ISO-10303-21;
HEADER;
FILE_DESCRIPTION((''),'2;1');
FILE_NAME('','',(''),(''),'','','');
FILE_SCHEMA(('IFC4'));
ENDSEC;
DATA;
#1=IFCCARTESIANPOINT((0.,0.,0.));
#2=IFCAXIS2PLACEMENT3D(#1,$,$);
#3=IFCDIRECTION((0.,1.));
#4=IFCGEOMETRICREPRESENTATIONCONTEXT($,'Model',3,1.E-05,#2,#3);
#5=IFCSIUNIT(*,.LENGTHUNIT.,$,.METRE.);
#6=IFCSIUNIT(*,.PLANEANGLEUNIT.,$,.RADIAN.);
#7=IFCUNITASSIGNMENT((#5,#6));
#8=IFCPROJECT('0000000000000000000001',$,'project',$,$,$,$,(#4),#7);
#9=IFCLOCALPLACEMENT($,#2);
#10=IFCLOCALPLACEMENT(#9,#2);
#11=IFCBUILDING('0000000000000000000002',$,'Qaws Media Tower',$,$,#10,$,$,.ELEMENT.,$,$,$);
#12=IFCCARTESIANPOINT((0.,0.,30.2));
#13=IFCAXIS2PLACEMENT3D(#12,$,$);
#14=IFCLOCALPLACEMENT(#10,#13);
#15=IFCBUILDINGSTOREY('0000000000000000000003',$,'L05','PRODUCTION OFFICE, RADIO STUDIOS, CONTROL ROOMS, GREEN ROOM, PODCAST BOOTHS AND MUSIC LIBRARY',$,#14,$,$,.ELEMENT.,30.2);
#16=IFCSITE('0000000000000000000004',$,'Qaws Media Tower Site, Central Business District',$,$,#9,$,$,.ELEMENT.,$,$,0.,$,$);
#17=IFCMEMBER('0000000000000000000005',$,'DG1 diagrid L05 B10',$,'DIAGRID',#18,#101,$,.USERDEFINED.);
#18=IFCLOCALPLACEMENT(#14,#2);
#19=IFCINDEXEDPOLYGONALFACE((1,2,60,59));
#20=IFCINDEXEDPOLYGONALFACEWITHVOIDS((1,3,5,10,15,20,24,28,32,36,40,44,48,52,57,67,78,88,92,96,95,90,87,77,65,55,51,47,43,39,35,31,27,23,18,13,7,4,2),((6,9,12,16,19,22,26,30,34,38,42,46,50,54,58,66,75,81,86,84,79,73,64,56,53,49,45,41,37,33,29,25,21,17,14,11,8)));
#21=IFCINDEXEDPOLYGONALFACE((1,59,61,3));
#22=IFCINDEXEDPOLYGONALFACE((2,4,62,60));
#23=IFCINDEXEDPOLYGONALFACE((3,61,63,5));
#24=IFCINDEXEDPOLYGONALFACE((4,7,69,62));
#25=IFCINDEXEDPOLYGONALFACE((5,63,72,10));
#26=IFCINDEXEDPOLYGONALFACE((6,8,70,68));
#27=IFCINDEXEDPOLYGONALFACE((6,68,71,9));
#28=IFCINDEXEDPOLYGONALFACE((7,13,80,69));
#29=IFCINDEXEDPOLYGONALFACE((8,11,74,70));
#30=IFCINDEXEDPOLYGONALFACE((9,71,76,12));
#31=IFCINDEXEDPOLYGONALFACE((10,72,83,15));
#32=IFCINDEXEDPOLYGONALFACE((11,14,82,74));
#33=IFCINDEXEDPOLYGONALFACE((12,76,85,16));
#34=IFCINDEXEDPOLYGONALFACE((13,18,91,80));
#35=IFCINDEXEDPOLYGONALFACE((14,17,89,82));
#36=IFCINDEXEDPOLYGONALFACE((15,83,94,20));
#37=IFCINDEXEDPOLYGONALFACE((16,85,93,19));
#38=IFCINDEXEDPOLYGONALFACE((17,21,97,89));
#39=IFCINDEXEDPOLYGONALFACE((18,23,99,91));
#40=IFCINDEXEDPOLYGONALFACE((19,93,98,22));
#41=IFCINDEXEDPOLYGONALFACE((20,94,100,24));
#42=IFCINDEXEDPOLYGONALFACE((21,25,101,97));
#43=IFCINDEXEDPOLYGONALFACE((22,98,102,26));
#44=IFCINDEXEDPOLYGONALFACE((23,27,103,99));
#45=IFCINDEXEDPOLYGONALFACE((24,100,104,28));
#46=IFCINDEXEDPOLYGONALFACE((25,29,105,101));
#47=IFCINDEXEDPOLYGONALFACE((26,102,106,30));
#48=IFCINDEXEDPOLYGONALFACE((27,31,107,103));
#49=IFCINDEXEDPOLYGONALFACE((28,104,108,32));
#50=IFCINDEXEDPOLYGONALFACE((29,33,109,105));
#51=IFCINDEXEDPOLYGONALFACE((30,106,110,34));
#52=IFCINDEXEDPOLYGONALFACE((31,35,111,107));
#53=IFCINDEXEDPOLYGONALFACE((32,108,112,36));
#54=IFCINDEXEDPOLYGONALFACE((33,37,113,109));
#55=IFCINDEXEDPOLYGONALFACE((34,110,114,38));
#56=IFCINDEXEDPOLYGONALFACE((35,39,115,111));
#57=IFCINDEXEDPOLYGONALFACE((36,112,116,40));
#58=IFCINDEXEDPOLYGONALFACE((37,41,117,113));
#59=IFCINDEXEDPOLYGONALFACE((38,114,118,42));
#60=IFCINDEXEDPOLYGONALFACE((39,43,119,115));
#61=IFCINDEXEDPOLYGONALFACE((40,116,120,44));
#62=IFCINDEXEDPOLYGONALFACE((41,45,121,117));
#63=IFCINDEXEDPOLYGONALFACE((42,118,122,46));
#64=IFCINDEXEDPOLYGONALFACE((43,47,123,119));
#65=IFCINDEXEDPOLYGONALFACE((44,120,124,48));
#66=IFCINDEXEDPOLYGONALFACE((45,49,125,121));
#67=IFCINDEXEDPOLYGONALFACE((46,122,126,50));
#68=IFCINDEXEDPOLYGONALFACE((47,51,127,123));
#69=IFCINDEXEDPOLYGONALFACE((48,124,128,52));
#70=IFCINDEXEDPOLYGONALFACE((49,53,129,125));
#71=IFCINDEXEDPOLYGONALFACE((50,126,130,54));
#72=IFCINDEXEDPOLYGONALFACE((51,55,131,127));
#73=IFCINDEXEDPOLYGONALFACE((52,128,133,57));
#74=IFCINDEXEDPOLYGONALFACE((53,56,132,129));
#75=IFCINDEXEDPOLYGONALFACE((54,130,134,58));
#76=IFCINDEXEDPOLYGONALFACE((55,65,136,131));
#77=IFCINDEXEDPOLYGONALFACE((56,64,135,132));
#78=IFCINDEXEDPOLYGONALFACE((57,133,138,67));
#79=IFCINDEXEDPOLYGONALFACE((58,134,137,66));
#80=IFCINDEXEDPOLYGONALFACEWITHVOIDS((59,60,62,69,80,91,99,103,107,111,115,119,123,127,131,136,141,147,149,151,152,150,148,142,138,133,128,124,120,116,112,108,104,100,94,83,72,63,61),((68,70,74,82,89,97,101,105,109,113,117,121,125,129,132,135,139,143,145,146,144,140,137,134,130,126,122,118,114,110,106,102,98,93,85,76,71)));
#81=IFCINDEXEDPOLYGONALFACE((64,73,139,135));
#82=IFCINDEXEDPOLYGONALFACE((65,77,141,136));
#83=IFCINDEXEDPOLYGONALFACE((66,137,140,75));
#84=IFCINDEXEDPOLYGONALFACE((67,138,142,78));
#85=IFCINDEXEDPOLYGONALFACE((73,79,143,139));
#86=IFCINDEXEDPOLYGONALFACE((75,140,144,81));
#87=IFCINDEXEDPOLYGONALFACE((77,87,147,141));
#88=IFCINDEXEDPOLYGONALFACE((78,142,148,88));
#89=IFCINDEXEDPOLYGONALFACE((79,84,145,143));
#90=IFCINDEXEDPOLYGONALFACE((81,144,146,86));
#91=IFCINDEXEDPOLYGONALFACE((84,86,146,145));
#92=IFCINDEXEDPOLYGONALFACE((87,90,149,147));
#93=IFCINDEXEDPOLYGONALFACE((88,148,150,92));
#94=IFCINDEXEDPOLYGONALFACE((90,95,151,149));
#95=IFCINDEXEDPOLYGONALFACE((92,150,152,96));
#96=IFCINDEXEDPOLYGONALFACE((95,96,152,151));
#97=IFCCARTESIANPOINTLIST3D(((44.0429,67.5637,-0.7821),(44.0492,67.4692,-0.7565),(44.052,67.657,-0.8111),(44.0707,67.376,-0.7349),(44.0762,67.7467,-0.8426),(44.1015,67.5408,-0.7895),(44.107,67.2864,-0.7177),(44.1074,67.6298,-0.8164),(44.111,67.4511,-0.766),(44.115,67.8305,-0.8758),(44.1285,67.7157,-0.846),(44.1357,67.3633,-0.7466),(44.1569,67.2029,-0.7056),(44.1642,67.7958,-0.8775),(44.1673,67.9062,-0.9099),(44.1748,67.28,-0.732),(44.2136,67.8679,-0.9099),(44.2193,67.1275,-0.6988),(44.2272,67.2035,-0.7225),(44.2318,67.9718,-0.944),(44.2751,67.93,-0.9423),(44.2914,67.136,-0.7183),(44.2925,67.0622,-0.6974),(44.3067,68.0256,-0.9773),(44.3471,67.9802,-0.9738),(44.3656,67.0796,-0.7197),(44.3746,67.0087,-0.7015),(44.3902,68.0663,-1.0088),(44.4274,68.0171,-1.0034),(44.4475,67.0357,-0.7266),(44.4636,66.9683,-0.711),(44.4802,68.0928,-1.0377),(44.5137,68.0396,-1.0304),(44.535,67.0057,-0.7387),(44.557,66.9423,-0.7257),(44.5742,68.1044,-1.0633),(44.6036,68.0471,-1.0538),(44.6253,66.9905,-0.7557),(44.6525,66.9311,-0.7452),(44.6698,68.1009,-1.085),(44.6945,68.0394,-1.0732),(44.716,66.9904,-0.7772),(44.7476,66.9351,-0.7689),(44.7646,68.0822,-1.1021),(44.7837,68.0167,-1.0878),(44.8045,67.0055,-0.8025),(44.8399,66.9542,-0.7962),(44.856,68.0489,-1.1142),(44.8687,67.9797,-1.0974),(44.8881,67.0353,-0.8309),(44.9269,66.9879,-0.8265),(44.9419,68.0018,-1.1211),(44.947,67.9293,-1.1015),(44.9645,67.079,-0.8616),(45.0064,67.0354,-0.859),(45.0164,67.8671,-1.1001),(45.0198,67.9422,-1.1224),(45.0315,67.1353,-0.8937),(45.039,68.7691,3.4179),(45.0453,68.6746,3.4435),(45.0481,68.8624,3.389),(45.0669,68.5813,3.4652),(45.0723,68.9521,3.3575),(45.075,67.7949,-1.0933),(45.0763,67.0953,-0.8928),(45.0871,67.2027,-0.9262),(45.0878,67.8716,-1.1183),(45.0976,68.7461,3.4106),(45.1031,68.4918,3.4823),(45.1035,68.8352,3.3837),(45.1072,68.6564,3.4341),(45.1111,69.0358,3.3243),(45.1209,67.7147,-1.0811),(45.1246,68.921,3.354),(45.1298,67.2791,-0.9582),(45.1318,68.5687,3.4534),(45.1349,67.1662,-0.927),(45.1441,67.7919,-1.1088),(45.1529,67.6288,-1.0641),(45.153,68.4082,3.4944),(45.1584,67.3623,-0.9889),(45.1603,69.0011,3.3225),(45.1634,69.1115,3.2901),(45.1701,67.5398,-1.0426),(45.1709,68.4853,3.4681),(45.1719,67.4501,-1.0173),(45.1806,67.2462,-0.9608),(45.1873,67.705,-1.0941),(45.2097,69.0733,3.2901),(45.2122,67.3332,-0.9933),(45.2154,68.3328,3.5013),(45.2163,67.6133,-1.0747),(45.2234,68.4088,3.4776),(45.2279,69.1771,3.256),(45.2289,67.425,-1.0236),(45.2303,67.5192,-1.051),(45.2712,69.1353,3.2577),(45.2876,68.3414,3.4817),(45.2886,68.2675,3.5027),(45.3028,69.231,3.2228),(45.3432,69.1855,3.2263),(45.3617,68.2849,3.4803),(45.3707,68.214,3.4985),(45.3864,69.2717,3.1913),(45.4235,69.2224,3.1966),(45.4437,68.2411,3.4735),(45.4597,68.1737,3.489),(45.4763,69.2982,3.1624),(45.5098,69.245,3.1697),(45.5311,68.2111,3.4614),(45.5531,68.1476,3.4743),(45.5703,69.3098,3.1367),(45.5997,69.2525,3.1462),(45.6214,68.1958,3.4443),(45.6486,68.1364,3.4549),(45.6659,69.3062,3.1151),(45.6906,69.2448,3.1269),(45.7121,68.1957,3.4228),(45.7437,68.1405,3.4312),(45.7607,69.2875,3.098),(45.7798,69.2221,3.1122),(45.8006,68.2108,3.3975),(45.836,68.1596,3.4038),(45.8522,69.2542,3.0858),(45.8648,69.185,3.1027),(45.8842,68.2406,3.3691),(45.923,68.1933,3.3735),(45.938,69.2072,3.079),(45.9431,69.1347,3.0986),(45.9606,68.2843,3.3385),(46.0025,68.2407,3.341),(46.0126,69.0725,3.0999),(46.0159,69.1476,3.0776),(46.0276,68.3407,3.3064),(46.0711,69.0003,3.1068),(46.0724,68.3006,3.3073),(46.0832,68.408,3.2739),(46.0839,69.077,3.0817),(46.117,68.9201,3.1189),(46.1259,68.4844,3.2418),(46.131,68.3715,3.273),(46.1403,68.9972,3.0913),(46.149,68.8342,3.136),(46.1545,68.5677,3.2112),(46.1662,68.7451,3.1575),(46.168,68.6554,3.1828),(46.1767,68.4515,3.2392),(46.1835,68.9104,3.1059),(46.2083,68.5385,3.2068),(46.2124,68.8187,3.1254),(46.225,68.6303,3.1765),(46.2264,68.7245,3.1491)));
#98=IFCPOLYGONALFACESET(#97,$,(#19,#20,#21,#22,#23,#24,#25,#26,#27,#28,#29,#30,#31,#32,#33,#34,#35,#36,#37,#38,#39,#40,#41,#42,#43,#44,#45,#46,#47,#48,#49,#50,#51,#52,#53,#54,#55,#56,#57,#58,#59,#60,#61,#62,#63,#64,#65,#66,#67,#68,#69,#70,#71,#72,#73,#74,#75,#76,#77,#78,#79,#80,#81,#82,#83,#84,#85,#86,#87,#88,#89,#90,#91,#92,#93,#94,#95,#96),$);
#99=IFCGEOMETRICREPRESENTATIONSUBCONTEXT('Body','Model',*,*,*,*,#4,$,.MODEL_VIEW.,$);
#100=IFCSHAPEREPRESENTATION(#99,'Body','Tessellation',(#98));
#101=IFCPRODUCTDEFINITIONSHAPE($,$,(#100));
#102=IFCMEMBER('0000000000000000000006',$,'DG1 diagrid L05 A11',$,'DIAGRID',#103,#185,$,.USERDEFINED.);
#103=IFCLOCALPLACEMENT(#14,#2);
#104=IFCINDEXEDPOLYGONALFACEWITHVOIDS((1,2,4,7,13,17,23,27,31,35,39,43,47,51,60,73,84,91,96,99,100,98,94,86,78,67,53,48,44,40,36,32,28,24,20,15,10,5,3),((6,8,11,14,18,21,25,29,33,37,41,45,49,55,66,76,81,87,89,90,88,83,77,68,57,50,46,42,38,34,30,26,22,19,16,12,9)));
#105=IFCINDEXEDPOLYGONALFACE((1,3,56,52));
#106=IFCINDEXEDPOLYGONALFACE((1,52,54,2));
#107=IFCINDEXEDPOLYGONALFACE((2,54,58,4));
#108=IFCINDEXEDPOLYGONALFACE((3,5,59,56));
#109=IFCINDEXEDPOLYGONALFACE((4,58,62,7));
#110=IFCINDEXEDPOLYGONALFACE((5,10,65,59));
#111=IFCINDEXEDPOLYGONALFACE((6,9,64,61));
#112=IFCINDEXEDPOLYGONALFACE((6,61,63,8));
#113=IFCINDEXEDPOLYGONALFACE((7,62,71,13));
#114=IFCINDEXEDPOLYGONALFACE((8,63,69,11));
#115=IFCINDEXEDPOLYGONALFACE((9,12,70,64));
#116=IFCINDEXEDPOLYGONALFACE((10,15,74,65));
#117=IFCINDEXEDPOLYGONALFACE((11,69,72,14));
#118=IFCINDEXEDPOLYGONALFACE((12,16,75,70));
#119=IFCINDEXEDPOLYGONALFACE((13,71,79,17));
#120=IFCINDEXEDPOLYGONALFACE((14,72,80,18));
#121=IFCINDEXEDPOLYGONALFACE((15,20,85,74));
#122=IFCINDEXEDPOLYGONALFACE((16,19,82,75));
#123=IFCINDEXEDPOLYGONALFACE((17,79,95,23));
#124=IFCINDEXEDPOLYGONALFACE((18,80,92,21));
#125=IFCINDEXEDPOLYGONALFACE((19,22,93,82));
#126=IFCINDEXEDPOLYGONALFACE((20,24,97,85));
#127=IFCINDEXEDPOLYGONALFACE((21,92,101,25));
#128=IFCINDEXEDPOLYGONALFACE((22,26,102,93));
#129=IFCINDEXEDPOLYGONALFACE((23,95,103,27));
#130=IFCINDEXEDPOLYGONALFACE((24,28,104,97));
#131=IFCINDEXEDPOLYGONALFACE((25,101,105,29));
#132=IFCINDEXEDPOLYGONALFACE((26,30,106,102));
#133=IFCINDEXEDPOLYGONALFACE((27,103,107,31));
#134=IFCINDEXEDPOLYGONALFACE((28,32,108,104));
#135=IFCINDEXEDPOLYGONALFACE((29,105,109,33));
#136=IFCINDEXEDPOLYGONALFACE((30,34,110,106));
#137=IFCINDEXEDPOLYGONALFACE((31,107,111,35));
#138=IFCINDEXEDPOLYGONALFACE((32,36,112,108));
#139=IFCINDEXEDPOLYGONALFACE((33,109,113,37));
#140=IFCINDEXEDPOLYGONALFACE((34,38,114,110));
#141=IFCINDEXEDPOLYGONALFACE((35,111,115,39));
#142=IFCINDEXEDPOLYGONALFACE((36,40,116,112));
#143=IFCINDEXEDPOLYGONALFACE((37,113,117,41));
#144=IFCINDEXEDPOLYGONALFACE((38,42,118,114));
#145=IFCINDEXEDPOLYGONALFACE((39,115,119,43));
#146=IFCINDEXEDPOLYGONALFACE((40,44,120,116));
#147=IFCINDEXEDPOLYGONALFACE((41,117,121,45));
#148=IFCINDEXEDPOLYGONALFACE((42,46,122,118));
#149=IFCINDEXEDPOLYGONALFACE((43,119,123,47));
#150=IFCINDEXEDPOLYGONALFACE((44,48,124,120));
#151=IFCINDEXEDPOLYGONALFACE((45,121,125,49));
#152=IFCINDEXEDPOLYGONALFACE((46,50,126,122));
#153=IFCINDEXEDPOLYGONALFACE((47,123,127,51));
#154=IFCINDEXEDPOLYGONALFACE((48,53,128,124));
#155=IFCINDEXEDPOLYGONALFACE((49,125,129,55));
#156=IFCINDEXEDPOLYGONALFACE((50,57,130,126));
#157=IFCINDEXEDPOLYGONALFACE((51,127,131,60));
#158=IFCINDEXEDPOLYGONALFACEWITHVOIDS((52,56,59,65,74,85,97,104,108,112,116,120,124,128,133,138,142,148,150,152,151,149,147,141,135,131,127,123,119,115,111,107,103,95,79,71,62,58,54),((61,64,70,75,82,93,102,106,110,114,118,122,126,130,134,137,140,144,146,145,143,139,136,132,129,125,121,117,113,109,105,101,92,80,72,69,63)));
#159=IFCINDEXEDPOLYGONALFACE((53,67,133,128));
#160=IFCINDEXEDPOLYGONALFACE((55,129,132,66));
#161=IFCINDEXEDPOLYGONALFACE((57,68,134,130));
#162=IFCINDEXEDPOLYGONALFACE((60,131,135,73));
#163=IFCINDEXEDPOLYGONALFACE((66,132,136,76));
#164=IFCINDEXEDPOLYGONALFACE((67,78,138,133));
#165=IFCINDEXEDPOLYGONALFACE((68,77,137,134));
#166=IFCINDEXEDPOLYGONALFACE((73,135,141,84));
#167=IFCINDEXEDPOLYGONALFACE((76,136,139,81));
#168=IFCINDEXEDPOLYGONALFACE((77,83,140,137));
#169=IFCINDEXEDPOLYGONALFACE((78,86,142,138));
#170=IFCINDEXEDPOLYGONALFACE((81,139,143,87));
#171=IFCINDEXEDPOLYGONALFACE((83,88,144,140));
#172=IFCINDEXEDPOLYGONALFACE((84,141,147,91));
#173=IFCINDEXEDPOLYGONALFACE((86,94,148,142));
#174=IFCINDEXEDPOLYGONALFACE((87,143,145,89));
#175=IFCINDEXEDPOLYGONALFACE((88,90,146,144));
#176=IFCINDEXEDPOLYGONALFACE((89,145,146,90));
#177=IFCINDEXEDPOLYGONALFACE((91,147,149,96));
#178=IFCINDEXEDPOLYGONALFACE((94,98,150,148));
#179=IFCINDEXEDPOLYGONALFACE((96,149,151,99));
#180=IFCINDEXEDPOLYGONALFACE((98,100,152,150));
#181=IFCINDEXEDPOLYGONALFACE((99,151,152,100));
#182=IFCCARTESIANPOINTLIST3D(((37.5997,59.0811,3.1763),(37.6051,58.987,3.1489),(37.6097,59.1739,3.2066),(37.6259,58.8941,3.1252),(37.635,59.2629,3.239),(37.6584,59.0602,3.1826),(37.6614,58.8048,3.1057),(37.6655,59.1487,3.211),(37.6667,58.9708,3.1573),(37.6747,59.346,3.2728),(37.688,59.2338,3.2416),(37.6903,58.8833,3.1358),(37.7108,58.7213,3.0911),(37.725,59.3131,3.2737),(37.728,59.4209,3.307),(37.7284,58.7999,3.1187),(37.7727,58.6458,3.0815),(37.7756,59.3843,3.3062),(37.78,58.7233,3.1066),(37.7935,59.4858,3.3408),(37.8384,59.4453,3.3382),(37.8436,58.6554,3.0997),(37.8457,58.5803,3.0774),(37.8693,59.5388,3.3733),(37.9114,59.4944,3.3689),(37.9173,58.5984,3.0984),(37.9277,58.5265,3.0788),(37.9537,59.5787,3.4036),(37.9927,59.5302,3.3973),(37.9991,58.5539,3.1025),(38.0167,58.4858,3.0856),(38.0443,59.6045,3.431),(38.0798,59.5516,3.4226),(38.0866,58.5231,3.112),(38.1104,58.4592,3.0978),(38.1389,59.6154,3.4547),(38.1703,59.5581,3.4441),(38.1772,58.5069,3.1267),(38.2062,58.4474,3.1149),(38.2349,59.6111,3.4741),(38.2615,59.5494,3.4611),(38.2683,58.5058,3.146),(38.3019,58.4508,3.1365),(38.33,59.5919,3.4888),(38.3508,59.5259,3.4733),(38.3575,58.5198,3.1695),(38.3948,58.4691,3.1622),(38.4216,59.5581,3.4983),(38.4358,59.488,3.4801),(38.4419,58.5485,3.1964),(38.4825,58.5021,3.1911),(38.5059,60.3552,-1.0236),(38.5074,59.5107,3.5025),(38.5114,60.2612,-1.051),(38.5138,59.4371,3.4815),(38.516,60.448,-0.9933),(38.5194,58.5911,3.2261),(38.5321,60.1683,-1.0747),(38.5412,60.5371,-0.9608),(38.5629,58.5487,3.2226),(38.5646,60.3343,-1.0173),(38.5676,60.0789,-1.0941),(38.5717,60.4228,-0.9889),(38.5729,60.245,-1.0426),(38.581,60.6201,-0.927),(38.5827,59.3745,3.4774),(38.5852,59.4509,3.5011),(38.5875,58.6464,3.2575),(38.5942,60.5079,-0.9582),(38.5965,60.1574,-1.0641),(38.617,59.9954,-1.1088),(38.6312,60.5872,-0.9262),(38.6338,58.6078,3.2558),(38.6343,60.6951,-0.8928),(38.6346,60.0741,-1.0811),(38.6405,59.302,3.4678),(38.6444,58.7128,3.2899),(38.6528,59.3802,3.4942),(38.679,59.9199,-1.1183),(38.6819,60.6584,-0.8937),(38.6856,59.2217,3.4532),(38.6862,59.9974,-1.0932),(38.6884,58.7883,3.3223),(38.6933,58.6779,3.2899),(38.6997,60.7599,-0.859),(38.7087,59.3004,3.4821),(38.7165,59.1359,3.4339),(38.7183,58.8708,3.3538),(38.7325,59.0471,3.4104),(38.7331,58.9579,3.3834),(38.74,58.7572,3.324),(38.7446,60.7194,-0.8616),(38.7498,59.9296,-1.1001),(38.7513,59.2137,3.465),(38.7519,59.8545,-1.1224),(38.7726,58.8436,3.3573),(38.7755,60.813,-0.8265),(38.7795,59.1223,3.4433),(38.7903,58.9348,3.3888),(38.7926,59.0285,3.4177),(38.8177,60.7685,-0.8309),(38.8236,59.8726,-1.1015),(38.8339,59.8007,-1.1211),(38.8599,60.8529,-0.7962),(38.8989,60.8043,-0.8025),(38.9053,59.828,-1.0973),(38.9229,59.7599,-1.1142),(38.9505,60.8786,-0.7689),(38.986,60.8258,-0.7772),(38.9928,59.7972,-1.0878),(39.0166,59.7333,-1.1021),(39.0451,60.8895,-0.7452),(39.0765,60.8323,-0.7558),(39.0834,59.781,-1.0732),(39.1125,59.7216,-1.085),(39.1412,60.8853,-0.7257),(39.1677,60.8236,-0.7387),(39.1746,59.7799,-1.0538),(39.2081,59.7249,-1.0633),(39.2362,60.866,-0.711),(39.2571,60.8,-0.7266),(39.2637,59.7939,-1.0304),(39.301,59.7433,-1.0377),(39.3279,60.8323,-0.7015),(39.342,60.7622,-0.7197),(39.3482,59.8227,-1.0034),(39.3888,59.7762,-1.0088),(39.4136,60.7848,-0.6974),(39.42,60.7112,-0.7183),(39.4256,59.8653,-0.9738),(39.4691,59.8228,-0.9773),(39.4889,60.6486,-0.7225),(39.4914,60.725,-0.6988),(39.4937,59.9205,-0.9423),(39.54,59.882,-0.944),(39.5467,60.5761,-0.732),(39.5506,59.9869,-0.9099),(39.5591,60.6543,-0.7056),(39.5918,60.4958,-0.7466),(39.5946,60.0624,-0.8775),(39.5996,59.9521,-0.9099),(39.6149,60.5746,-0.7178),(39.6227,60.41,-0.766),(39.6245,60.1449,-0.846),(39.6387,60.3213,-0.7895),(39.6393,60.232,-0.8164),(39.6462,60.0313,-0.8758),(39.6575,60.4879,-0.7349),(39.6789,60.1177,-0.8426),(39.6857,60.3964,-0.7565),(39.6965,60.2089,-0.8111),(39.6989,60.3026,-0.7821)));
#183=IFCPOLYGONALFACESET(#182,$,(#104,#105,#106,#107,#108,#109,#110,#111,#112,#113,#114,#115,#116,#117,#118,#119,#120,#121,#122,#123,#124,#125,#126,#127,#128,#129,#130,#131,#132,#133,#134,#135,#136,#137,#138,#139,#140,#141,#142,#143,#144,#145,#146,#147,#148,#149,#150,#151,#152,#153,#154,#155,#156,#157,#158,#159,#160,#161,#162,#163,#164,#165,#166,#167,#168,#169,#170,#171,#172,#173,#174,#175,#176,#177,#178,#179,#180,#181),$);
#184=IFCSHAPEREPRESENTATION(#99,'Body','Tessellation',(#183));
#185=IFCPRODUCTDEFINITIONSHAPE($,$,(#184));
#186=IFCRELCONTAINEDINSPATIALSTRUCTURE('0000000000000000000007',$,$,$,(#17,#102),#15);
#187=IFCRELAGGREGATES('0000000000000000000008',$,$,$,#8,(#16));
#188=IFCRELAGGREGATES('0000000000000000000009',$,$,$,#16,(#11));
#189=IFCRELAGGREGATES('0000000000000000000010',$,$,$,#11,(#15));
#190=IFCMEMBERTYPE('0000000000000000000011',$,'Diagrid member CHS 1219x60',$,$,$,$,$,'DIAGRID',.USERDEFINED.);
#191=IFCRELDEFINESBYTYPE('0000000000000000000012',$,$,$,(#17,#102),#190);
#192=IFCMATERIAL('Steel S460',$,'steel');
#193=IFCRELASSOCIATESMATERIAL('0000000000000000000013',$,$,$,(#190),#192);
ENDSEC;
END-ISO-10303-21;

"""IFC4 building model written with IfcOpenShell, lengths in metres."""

from ifc_helpers import new_model, si_unit, direction, frame, origin, origin_2d, place, context, subcontext, project, spatial, hollow_circle, extrude, material, material_profile, profile_set, type_object, element, save


model = new_model("IFC4")

# Units and contexts
model_context = context("Model", 3, precision=1e-05, world=origin(), true_north=direction((0.0, 1.0)))
body_context = subcontext(model_context, "Body", "Model", "MODEL_VIEW")
ifc_project = project(units=[si_unit("LENGTHUNIT", "METRE"), si_unit("PLANEANGLEUNIT", "RADIAN")], contexts=[model_context])

# Site, building, storey
site_placement = place(None, origin())
site = spatial("IfcSite", under=ifc_project, at=site_placement, Name="Qaws Media Tower Site, Central Business District", CompositionType="ELEMENT", RefElevation=0.0)
building_placement = place(site_placement, origin())
building = spatial("IfcBuilding", under=site, at=building_placement, Name="Qaws Media Tower", CompositionType="ELEMENT")
storey_placement = place(building_placement, frame((0.0, 0.0, 30.2)))
storey = spatial("IfcBuildingStorey", under=building, at=storey_placement, Name="L05", Description="PRODUCTION OFFICE, RADIO STUDIOS, CONTROL ROOMS, GREEN ROOM, PODCAST BOOTHS AND MUSIC LIBRARY", CompositionType="ELEMENT", Elevation=30.2)

# Members
ifc_material_1 = material(Name="Steel S460", Category="steel")
ifc_material_profile_1 = material_profile(ifc_material_1, hollow_circle(Radius=0.6096, WallThickness=0.0601, at=origin_2d()), Name="CHS 1219x60")
ifc_profile_set_1 = profile_set([ifc_material_profile_1], Name="Steel S460")
member_type_1 = type_object("IfcMemberType", Name="Diagrid member CHS 1219x60", ElementType="DIAGRID", PredefinedType="USERDEFINED", material=ifc_profile_set_1)
for number, where, z_axis, x_axis, name in (
    (1, (44.6372, 67.5178, -0.9099), (0.222264, 0.26895, 0.937158), (-0.770838, 0.637031, 0.0), "DG1 diagrid L05 B10"),
):
    element("IfcMember", number, at=place(storey_placement, frame(where, z_axis=z_axis, x_axis=x_axis)), inside=storey, type_object=member_type_1, Name=name, ObjectType="DIAGRID", PredefinedType="USERDEFINED", context=body_context, shape_type="SweptSolid", body=[
        extrude(hollow_circle(Radius=0.6096, WallThickness=0.0601, at=origin_2d()), origin(), (0.0, 0.0, 1.0), 4.4817),
    ])
for number, where, z_axis, x_axis, name in (
    (2, (39.1028, 60.3054, -0.9099), (-0.202217, -0.284314, 0.937163), (0.814903, -0.579598, 0.0), "DG1 diagrid L05 A11"),
):
    element("IfcMember", number, at=place(storey_placement, frame(where, z_axis=z_axis, x_axis=x_axis)), inside=storey, type_object=member_type_1, Name=name, ObjectType="DIAGRID", PredefinedType="USERDEFINED", context=body_context, shape_type="SweptSolid", body=[
        extrude(hollow_circle(Radius=0.6096, WallThickness=0.0601, at=origin_2d()), origin(), (0.0, 0.0, 1.0), 4.4814),
    ])

save(model, "model.ifc")
